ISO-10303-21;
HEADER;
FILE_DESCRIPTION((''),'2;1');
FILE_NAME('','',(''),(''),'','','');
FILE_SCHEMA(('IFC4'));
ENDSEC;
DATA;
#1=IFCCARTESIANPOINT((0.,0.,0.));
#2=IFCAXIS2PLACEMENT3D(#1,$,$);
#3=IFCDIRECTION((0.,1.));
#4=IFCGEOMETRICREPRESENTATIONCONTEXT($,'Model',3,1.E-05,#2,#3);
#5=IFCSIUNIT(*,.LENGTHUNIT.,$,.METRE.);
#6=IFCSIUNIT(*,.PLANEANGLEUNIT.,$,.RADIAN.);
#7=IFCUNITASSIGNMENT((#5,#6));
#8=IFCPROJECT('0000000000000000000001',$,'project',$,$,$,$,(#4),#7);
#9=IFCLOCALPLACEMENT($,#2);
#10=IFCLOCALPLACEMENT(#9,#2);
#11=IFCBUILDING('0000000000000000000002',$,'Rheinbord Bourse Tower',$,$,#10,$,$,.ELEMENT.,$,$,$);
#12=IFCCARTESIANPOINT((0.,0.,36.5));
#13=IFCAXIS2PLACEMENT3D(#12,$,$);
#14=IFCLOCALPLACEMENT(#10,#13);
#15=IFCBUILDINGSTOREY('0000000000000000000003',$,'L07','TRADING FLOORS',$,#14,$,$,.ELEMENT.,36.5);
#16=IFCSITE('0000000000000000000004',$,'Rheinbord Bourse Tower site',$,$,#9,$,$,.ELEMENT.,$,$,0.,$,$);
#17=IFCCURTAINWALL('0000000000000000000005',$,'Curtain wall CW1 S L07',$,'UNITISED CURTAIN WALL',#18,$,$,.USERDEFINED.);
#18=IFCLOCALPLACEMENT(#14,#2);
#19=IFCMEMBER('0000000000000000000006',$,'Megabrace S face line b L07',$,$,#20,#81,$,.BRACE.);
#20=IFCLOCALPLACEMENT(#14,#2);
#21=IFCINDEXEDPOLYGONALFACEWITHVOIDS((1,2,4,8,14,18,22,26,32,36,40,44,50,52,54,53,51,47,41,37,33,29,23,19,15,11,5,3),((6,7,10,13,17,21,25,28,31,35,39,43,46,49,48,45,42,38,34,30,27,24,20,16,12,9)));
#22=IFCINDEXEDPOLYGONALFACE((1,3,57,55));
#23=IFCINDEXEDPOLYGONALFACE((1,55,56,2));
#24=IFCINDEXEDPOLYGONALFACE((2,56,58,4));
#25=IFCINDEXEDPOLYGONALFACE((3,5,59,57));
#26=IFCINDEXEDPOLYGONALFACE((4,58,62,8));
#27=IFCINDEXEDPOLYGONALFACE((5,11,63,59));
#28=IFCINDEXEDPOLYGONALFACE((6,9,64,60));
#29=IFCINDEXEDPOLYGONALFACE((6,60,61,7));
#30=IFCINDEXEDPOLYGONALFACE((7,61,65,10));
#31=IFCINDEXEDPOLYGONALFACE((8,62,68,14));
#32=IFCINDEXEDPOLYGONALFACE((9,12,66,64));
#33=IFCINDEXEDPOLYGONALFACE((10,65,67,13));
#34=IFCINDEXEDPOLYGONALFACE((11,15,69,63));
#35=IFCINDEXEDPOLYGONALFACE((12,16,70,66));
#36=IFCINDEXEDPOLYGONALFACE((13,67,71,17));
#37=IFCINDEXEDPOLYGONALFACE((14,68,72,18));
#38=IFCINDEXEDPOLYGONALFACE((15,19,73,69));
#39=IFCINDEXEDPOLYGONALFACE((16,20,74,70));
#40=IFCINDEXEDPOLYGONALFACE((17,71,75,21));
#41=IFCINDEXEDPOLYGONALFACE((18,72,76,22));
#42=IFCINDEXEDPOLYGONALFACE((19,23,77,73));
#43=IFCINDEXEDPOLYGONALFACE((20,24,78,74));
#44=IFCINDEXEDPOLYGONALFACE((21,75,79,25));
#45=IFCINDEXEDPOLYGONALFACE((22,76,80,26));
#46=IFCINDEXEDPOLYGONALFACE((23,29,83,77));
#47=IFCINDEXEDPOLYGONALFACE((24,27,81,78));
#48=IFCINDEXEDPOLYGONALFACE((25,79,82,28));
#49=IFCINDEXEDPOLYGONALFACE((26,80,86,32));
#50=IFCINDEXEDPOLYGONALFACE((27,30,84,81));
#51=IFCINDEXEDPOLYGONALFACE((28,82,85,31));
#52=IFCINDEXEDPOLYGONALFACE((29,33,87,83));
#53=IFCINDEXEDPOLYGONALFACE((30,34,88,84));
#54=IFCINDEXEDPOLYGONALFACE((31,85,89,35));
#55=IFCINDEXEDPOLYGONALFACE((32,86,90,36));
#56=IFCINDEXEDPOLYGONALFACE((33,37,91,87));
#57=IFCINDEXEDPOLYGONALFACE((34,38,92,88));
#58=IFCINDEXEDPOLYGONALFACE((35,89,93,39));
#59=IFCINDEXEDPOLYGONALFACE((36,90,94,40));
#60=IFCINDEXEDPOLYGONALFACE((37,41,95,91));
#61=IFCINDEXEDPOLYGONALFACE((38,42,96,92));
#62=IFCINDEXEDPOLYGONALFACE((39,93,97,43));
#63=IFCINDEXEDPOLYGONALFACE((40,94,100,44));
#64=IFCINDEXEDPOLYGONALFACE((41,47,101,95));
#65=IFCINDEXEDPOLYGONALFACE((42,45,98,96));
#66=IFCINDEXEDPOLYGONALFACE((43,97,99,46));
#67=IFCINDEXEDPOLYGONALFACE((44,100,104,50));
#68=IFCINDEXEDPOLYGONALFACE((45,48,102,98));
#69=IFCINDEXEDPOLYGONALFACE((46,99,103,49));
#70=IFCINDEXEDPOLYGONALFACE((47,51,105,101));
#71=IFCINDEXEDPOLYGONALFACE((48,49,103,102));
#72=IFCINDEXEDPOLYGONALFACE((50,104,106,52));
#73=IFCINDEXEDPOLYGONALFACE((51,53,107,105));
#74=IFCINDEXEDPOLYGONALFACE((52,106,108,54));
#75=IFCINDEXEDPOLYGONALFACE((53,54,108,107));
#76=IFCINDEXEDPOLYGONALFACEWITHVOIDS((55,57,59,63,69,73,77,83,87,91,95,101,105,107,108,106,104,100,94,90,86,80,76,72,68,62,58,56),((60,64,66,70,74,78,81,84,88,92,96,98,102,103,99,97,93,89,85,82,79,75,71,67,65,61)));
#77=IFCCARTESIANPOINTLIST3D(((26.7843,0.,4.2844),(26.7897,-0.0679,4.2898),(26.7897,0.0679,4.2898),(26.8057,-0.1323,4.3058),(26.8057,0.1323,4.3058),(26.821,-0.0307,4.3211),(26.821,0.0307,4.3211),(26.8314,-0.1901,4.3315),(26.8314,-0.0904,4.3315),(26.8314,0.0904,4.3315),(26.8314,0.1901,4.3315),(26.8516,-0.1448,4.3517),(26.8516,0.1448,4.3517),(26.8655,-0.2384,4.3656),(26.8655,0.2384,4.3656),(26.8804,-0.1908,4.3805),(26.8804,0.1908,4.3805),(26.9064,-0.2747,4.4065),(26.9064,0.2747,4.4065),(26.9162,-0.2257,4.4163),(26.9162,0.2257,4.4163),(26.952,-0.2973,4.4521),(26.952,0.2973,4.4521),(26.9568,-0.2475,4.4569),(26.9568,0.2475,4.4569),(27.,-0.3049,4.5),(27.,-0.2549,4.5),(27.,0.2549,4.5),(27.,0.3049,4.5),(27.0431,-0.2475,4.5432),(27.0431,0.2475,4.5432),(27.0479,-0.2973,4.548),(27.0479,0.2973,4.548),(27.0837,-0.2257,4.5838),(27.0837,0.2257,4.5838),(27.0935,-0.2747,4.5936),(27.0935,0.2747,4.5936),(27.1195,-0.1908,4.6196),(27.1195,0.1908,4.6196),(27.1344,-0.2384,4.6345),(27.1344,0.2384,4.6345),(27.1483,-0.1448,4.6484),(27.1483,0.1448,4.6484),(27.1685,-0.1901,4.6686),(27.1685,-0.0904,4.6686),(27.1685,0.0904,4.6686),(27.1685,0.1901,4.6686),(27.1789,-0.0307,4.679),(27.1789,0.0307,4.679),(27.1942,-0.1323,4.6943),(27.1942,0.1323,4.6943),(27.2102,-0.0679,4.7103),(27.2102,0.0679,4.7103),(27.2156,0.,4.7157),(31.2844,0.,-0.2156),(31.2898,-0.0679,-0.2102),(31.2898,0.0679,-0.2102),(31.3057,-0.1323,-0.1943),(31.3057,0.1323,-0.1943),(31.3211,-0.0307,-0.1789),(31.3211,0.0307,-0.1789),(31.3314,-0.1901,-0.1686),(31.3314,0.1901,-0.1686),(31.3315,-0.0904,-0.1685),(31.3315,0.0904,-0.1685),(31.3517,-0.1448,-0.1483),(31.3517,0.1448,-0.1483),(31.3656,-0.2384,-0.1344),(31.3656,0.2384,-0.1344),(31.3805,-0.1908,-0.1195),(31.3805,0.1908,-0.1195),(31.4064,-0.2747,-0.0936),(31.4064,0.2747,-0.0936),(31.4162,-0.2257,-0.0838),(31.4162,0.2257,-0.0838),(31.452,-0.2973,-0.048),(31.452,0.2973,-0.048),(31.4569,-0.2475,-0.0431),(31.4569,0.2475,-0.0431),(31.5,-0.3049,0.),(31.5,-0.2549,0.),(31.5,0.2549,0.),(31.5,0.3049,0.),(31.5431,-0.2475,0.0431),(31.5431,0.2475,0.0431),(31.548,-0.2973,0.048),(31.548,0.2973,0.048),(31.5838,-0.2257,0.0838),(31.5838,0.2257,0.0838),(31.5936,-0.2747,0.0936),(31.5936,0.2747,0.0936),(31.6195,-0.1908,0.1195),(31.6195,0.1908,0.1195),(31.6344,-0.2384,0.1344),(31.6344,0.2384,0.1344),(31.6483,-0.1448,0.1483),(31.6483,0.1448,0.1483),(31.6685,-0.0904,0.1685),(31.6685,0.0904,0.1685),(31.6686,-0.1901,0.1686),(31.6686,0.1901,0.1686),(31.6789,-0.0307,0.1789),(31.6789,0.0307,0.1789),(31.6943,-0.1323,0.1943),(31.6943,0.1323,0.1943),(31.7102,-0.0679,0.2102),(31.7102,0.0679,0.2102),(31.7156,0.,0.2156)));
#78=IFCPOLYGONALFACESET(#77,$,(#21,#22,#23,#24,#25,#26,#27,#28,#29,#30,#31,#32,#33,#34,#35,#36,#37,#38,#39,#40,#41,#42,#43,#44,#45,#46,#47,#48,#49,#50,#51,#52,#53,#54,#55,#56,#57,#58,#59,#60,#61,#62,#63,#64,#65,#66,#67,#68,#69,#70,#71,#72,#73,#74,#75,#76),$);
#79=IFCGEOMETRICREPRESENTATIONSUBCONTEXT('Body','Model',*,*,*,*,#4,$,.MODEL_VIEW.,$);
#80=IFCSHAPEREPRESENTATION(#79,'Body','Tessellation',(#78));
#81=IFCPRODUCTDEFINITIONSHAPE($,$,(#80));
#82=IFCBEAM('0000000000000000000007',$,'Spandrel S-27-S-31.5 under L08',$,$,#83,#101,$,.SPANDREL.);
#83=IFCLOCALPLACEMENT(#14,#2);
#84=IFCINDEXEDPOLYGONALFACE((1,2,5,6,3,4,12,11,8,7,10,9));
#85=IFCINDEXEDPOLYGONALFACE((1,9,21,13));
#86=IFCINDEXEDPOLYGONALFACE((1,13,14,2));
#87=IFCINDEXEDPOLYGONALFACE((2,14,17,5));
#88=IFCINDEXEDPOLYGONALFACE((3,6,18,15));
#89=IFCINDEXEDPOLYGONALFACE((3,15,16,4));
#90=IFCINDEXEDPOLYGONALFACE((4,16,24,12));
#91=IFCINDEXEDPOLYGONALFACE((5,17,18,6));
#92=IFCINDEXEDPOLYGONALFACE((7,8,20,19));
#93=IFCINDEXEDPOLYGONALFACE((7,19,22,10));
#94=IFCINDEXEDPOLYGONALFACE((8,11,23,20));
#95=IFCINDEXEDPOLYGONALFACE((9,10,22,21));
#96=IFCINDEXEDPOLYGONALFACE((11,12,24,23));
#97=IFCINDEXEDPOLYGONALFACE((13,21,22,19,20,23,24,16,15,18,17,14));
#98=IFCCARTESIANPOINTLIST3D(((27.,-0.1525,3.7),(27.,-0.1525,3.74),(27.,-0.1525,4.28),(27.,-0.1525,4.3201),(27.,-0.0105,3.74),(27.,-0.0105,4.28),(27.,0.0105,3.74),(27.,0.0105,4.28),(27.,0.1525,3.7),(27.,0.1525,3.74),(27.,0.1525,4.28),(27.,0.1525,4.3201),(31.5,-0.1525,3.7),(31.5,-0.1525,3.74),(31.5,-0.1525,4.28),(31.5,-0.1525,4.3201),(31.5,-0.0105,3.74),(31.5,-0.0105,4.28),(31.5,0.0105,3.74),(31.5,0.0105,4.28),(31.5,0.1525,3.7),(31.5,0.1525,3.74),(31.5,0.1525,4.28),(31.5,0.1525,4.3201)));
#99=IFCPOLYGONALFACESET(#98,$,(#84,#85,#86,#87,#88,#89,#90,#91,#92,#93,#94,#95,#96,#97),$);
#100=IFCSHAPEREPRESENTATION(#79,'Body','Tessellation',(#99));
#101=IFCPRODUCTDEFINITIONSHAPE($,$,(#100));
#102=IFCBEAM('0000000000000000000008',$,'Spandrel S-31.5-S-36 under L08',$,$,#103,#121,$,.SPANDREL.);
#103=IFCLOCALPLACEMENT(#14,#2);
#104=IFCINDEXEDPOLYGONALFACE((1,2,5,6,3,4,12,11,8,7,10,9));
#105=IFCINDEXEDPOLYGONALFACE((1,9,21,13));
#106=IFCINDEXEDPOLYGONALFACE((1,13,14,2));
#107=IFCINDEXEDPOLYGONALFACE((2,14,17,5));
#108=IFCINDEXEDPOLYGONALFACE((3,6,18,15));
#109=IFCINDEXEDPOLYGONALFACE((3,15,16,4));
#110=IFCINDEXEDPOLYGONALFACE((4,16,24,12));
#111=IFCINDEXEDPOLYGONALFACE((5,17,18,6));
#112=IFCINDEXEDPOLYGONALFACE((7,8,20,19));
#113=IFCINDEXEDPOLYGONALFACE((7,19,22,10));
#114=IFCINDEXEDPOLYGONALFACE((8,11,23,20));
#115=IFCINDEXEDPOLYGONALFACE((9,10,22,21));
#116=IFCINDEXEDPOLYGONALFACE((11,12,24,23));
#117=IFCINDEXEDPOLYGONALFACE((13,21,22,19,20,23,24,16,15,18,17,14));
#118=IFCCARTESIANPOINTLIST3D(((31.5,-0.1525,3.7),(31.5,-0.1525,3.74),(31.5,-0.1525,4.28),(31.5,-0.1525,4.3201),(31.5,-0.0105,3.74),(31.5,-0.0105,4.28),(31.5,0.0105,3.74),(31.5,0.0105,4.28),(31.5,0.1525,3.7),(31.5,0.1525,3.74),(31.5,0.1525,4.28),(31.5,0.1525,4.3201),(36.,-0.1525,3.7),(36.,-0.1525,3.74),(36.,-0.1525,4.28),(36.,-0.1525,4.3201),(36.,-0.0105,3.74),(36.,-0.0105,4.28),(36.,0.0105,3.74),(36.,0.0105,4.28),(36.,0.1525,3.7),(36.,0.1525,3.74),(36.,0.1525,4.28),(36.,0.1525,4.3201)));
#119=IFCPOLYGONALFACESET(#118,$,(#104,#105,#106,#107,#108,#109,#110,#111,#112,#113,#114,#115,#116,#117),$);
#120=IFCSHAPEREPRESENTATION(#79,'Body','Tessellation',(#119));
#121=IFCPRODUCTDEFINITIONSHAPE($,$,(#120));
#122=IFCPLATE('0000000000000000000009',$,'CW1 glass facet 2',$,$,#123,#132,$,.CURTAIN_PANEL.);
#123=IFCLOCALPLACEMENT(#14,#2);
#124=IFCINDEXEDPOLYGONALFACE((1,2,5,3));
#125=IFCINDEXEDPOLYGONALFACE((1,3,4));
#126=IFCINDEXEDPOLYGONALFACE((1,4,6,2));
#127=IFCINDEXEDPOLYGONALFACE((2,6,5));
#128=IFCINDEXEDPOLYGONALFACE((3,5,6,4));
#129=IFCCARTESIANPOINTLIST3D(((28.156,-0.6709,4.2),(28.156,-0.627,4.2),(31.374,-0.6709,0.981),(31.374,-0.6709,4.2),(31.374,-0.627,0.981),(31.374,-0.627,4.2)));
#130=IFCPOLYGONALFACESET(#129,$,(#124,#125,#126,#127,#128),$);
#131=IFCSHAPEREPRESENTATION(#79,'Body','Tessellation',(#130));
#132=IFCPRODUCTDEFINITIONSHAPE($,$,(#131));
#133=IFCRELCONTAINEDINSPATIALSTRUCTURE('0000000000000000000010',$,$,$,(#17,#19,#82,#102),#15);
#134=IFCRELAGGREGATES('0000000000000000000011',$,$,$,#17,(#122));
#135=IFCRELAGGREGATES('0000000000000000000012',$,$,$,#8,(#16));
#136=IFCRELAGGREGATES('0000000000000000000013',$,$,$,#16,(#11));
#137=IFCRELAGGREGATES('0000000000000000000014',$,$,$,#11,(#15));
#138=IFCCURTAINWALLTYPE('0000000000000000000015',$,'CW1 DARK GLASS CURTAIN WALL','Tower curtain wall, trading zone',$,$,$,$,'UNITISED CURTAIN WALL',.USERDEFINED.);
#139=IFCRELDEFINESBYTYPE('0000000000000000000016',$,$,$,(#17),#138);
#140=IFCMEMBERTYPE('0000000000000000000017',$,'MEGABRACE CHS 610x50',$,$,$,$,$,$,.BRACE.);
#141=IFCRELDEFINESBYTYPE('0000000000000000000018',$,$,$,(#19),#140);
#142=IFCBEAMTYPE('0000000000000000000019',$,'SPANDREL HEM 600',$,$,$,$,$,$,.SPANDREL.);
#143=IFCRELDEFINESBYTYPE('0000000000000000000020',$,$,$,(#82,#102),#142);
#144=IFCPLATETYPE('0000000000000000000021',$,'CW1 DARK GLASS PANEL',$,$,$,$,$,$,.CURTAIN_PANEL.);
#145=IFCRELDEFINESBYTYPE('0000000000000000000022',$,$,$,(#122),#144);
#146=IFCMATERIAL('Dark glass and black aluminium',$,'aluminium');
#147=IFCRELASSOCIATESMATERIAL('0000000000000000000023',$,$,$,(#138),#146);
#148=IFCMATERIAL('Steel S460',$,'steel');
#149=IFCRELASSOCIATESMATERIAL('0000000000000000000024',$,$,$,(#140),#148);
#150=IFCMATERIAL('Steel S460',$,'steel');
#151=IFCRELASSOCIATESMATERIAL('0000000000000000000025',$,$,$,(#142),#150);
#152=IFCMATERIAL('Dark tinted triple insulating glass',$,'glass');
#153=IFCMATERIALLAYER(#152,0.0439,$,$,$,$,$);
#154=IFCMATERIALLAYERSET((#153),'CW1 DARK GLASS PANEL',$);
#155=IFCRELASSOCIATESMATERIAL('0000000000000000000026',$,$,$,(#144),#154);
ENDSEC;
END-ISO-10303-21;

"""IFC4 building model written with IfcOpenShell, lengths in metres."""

from ifc_helpers import new_model, si_unit, direction, frame, origin, origin_2d, place, context, subcontext, project, spatial, polyline, hollow_circle, i_section, outline, extrude, material, layer, layer_set, material_profile, profile_set, type_object, element, aggregate, save


model = new_model("IFC4")

# Units and contexts
model_context = context("Model", 3, precision=1e-05, world=origin(), true_north=direction((0.0, 1.0)))
body_context = subcontext(model_context, "Body", "Model", "MODEL_VIEW")
ifc_project = project(units=[si_unit("LENGTHUNIT", "METRE"), si_unit("PLANEANGLEUNIT", "RADIAN")], contexts=[model_context])

# Site, building, storey
site_placement = place(None, origin())
site = spatial("IfcSite", under=ifc_project, at=site_placement, Name="Rheinbord Bourse Tower site", CompositionType="ELEMENT", RefElevation=0.0)
building_placement = place(site_placement, origin())
building = spatial("IfcBuilding", under=site, at=building_placement, Name="Rheinbord Bourse Tower", CompositionType="ELEMENT")
storey_placement = place(building_placement, frame((0.0, 0.0, 36.5)))
storey = spatial("IfcBuildingStorey", under=building, at=storey_placement, Name="L07", Description="TRADING FLOORS", CompositionType="ELEMENT", Elevation=36.5)

# Curtain wall
ifc_material_1 = material(Name="Dark glass and black aluminium", Category="aluminium")
curtain_wall_type = type_object("IfcCurtainWallType", Name="CW1 DARK GLASS CURTAIN WALL", Description="Tower curtain wall, trading zone", ElementType="UNITISED CURTAIN WALL", PredefinedType="USERDEFINED", material=ifc_material_1)
curtain_wall_placement = place(storey_placement, origin())
curtain_wall = element("IfcCurtainWall", 1, at=curtain_wall_placement, inside=storey, type_object=curtain_wall_type, Name="Curtain wall CW1 S L07", ObjectType="UNITISED CURTAIN WALL", PredefinedType="USERDEFINED")

# Member
ifc_material_2 = material(Name="Steel S460", Category="steel")
ifc_material_profile_1 = material_profile(ifc_material_2, hollow_circle(Radius=0.3049, WallThickness=0.05, at=origin_2d()), Name="CHS 610x50")
ifc_profile_set_1 = profile_set([ifc_material_profile_1], Name="Steel S460")
member_type_1 = type_object("IfcMemberType", Name="MEGABRACE CHS 610x50", PredefinedType="BRACE", material=ifc_profile_set_1)
member_1_placement = place(storey_placement, frame((31.5, 0.0, 0.0), z_axis=(-0.707107, 0.0, 0.707107), x_axis=(0.0, -1.0, 0.0)))
element("IfcMember", 2, at=member_1_placement, inside=storey, type_object=member_type_1, Name="Megabrace S face line b L07", PredefinedType="BRACE", context=body_context, shape_type="SweptSolid", body=[
    extrude(hollow_circle(Radius=0.3049, WallThickness=0.05, at=origin_2d()), origin(), (0.0, 0.0, 1.0), 6.364),
])

# Beams
ifc_material_3 = material(Name="Steel S460", Category="steel")
ifc_material_profile_2 = material_profile(ifc_material_3, i_section(OverallWidth=0.3049, OverallDepth=0.6201, WebThickness=0.021, FlangeThickness=0.04, at=origin_2d()), Name="HEM 600")
ifc_profile_set_2 = profile_set([ifc_material_profile_2], Name="Steel S460")
beam_type_1 = type_object("IfcBeamType", Name="SPANDREL HEM 600", PredefinedType="SPANDREL", material=ifc_profile_set_2)
for number, where, z_axis, x_axis, name in (
    (3, (27.0, 0.0, 4.01), (1.0, 0.0, 0.0), (0.0, 1.0, 0.0), "Spandrel S-27-S-31.5 under L08"),
    (4, (31.5, 0.0, 4.01), (1.0, 0.0, 0.0), (0.0, 1.0, 0.0), "Spandrel S-31.5-S-36 under L08"),
):
    element("IfcBeam", number, at=place(storey_placement, frame(where, z_axis=z_axis, x_axis=x_axis)), inside=storey, type_object=beam_type_1, Name=name, PredefinedType="SPANDREL", context=body_context, shape_type="SweptSolid", body=[
        extrude(i_section(OverallWidth=0.3049, OverallDepth=0.6201, WebThickness=0.021, FlangeThickness=0.04, at=origin_2d()), origin(), (0.0, 0.0, 1.0), 4.5),
    ])

# Plate
ifc_material_4 = material(Name="Dark tinted triple insulating glass", Category="glass")
ifc_layer = layer(ifc_material_4, 0.0439)
ifc_layer_set = layer_set([ifc_layer], Name="CW1 DARK GLASS PANEL")
plate_type = type_object("IfcPlateType", Name="CW1 DARK GLASS PANEL", PredefinedType="CURTAIN_PANEL", material=ifc_layer_set)
plate_1_placement = place(storey_placement, frame((31.374, -0.6709, 4.2), z_axis=(0.0, 1.0, 0.0), x_axis=(0.0, 0.0, -1.0)))
plate_1 = element("IfcPlate", 5, at=plate_1_placement, type_object=plate_type, Name="CW1 glass facet 2", PredefinedType="CURTAIN_PANEL", context=body_context, shape_type="SweptSolid", body=[
    extrude(outline(polyline([(0.0, 0.0), (3.219, 0.0), (0.0, 3.218), (0.0, 0.0)])), origin(), (0.0, 0.0, 1.0), 0.0439),
])
aggregate(curtain_wall, [plate_1])

save(model, "model.ifc")
